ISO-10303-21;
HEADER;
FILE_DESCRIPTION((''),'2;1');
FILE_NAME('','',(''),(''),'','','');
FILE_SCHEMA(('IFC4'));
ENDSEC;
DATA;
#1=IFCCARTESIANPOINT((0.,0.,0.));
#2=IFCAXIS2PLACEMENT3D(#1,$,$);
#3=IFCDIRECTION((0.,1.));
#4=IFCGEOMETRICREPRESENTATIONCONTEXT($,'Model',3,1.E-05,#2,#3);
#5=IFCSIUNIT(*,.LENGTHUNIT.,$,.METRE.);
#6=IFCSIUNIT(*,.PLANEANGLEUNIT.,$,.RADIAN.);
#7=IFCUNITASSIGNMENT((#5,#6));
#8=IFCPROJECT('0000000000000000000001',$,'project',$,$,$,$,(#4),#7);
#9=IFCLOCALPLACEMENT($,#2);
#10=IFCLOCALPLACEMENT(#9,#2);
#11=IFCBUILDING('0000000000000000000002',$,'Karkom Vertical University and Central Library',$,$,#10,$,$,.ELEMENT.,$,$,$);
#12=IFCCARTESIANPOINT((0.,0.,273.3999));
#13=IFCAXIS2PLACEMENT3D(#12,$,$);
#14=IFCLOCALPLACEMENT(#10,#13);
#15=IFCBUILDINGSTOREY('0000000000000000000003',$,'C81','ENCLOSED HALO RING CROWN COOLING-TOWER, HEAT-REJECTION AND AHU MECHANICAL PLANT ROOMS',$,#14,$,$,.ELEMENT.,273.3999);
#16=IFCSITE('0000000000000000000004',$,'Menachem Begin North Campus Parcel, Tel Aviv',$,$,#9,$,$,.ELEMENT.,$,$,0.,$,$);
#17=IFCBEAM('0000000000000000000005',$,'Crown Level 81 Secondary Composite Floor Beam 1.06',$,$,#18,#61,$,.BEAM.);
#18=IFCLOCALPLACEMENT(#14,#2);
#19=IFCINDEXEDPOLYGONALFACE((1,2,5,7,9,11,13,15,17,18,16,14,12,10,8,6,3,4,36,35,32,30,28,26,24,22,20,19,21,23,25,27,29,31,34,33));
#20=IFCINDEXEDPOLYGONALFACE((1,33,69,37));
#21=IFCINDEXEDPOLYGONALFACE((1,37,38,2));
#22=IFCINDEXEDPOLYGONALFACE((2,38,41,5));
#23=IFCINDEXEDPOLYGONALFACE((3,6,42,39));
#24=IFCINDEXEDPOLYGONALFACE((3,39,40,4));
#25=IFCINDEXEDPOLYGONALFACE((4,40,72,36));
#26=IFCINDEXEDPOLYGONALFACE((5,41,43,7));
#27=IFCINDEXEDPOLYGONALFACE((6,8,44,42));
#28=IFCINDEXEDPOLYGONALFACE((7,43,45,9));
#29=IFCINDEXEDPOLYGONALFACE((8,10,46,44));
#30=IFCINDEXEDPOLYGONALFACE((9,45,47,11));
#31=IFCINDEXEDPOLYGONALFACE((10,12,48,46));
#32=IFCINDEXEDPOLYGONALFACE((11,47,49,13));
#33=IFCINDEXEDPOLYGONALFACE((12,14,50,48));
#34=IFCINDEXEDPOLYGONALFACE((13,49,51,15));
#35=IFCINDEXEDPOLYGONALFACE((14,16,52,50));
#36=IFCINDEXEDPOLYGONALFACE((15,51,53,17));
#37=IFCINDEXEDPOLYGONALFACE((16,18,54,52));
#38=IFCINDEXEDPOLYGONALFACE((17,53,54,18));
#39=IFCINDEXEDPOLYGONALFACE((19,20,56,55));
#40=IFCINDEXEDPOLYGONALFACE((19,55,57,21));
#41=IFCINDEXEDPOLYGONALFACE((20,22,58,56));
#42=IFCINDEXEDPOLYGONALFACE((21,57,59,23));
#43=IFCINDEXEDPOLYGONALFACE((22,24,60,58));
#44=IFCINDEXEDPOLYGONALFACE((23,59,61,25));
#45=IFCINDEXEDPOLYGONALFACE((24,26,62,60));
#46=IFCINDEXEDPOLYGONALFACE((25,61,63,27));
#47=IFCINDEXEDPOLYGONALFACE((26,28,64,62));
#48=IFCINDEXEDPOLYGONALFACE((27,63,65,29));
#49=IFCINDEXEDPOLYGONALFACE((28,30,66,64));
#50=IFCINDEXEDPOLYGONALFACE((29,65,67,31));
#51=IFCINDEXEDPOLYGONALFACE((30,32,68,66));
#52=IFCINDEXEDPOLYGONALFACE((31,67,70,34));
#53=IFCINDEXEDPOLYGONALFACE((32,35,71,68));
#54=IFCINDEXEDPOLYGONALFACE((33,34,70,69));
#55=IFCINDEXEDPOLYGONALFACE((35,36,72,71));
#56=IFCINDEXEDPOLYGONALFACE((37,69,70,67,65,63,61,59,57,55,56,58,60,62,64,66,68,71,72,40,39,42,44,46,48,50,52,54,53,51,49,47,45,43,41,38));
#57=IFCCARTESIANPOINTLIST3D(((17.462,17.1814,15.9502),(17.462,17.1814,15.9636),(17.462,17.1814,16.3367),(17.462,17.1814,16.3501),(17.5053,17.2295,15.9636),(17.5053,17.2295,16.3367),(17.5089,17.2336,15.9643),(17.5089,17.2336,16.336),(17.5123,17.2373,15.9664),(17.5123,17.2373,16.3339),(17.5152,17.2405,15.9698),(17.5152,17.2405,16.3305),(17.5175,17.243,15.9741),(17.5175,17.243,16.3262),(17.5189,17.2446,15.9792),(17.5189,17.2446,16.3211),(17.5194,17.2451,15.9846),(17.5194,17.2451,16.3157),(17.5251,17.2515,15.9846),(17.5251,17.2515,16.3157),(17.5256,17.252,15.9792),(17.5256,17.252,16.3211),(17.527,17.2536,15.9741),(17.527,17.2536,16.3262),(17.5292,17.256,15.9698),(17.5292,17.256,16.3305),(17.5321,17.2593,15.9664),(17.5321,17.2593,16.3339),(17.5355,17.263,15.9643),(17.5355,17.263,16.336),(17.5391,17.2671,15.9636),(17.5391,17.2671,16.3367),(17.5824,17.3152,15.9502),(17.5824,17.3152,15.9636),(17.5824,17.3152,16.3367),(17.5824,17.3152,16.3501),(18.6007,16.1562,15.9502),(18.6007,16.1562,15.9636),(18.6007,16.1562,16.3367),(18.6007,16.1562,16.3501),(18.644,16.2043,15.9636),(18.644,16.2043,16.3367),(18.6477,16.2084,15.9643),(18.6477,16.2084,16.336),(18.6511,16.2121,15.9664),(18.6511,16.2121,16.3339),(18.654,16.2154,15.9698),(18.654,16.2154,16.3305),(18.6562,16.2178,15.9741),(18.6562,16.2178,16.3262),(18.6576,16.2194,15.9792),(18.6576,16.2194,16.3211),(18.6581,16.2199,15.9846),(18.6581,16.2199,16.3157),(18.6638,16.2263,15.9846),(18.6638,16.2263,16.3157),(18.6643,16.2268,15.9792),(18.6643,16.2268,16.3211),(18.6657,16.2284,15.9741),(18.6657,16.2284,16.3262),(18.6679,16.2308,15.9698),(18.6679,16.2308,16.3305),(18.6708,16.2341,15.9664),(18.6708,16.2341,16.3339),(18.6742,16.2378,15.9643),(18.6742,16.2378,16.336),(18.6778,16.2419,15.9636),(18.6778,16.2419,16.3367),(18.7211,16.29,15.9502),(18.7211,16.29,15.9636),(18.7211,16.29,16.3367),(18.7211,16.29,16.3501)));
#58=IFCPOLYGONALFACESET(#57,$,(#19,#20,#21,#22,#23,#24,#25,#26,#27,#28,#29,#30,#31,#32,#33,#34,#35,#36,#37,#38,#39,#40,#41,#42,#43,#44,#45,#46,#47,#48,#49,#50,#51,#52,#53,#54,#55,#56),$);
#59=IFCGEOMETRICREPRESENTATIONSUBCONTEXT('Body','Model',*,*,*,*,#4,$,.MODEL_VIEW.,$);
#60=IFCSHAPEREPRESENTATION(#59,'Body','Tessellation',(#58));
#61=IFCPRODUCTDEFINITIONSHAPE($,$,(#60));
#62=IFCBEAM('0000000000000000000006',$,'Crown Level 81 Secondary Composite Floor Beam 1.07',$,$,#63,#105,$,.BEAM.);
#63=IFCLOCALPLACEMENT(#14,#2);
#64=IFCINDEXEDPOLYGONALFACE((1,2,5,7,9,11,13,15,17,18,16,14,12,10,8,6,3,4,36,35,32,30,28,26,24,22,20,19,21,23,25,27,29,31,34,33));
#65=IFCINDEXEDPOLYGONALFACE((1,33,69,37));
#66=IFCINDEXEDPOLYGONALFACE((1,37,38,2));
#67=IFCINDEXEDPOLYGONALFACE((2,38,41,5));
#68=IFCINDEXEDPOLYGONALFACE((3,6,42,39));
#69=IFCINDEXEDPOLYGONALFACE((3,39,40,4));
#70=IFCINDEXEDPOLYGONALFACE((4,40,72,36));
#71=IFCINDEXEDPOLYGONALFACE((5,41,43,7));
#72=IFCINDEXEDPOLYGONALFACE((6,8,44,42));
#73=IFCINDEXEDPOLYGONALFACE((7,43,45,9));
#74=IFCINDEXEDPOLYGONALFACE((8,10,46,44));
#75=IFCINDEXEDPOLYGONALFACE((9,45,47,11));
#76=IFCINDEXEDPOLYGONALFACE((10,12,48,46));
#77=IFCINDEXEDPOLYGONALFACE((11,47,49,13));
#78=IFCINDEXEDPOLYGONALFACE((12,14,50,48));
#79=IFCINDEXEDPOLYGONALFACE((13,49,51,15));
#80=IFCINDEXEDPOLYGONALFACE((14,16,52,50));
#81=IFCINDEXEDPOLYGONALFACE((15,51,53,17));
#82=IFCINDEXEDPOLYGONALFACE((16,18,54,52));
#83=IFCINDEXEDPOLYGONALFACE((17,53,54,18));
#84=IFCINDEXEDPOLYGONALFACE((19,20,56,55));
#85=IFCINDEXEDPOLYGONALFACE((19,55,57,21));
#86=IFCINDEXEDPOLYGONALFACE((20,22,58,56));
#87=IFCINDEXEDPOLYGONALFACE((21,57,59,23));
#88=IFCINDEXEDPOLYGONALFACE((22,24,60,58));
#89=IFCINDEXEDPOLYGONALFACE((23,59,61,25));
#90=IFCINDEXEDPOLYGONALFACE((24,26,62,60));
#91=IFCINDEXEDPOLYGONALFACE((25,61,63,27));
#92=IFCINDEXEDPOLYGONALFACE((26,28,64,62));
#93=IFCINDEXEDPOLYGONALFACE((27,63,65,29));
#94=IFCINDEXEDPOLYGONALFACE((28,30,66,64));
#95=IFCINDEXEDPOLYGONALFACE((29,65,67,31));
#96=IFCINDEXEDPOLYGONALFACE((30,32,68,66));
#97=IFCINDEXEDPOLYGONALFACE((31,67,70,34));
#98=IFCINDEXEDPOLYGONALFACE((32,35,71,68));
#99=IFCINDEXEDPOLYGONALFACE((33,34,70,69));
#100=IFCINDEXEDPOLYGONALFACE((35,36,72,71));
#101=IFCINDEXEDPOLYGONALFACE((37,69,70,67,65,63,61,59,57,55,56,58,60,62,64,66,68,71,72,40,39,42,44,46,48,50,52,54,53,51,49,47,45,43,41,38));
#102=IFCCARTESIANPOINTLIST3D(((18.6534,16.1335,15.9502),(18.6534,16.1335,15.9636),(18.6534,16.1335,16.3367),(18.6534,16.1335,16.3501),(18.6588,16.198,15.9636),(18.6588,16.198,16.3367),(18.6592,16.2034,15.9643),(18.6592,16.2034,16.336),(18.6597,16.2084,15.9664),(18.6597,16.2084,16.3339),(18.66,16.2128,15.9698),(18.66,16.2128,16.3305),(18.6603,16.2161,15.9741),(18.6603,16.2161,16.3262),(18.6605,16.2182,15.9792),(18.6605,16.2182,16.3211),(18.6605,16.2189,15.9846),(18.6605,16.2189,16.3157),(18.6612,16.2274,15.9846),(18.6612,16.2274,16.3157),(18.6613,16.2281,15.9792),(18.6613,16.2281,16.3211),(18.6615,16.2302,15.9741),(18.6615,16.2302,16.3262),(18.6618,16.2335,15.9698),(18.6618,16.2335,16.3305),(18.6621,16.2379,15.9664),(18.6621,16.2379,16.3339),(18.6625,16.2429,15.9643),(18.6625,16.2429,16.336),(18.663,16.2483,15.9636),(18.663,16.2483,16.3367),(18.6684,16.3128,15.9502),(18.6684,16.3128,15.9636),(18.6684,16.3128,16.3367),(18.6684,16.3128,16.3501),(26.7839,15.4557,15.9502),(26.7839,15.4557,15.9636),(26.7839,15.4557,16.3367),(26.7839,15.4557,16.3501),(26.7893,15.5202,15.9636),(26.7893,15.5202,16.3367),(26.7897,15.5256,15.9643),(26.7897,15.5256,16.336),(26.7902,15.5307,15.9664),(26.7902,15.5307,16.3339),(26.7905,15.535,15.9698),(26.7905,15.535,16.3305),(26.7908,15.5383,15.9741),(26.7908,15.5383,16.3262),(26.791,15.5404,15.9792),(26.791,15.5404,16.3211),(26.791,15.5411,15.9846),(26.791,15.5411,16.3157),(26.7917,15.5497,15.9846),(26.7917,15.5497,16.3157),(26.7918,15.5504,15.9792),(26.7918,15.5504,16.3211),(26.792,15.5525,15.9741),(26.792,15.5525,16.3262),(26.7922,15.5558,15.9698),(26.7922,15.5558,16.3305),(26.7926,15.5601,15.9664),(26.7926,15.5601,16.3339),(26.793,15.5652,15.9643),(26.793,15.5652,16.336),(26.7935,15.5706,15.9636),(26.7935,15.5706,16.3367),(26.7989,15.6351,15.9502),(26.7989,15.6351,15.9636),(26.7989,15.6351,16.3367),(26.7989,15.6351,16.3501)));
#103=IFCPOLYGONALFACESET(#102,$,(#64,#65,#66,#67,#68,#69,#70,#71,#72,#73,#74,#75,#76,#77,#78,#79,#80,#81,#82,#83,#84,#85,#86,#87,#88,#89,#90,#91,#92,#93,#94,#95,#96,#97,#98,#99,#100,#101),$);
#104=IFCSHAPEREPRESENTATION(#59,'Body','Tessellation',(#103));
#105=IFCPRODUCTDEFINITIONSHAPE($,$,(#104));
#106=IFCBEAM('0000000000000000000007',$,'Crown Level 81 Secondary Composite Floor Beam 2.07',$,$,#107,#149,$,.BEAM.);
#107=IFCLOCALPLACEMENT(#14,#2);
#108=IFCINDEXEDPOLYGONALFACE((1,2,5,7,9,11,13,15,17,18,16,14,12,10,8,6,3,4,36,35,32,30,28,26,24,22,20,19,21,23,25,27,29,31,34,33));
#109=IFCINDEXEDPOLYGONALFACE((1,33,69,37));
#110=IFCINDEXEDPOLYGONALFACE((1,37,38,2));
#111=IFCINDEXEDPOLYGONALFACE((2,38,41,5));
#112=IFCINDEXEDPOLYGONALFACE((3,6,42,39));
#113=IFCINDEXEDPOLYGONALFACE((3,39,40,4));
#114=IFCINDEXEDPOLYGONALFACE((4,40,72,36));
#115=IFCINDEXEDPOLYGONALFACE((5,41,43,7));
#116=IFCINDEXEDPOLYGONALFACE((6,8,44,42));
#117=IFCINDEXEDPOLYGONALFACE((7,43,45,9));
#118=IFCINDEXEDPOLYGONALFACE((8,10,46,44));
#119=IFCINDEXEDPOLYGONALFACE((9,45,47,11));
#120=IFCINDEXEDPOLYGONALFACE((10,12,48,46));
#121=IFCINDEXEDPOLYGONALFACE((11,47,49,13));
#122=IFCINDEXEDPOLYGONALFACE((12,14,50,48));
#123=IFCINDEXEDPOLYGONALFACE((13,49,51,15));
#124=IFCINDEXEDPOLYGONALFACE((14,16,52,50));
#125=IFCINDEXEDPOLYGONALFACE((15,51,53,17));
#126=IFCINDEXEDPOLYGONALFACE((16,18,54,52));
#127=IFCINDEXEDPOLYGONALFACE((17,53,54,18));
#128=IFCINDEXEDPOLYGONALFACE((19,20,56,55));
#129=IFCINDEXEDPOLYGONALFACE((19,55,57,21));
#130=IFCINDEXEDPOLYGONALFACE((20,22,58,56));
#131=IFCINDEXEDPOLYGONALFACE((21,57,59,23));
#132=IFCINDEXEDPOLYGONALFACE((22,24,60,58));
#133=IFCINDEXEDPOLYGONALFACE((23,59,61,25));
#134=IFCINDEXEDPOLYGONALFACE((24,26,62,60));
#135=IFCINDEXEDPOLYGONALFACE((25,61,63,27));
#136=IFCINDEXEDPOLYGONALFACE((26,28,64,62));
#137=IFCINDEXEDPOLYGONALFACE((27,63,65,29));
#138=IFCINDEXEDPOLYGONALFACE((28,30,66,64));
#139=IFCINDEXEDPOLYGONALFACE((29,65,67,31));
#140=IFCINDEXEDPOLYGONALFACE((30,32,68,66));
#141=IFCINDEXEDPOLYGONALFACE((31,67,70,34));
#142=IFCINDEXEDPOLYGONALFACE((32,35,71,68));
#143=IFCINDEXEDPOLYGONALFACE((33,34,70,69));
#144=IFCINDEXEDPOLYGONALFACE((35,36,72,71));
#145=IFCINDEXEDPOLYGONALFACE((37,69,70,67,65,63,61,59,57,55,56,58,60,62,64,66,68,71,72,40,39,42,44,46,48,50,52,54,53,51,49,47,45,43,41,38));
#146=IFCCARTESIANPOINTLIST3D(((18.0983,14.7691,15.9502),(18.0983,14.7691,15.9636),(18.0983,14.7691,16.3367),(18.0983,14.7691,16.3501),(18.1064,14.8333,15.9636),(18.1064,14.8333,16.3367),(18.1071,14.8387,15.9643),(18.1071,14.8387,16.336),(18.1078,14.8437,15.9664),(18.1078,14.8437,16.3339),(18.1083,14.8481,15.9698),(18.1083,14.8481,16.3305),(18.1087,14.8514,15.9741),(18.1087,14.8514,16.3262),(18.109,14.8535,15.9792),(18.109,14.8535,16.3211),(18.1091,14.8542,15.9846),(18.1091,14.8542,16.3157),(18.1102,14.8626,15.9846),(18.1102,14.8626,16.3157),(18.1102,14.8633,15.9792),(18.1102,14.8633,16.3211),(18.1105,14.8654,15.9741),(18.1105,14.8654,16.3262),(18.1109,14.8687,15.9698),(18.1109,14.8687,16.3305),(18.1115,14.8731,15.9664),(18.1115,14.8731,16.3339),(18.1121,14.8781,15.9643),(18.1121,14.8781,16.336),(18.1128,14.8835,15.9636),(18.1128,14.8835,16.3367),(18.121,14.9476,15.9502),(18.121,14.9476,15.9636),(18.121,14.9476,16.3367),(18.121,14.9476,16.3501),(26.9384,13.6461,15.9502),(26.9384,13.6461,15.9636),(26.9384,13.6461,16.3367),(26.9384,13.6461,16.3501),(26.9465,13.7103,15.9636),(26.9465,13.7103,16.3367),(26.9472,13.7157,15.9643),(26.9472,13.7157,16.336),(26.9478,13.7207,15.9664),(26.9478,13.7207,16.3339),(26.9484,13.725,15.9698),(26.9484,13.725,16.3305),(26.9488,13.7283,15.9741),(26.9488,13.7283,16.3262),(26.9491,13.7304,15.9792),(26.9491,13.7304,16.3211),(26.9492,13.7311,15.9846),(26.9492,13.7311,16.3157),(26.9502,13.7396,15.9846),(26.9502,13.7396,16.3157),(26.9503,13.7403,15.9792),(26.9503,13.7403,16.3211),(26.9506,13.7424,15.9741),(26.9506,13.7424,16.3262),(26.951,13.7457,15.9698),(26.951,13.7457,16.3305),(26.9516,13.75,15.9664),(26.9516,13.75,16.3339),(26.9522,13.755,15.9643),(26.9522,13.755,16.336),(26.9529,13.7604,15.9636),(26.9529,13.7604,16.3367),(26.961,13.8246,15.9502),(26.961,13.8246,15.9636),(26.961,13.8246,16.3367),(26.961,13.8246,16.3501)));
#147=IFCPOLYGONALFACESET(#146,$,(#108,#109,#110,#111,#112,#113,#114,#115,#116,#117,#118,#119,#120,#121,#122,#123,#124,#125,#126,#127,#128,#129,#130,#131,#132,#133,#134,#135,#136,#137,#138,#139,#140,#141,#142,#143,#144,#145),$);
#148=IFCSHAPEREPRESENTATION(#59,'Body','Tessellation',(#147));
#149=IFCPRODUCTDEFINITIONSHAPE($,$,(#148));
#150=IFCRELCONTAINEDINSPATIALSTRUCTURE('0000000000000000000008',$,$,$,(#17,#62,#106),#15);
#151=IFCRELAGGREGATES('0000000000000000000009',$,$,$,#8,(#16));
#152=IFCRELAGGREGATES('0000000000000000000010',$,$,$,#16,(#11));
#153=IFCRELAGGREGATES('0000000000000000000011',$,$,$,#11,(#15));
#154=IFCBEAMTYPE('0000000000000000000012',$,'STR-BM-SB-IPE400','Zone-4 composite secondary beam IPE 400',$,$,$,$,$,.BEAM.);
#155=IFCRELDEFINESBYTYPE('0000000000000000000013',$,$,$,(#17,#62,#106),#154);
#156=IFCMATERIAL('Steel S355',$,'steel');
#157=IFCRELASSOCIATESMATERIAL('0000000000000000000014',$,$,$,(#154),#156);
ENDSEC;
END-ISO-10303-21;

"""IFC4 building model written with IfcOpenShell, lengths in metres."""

from ifc_helpers import new_model, si_unit, direction, frame, origin, origin_with_axes, origin_2d, place, context, subcontext, project, spatial, i_section, extrude, source, transform, mapped, material, material_profile, profile_set, type_object, element, save


model = new_model("IFC4")

# Units and contexts
model_context = context("Model", 3, precision=1e-05, world=origin(), true_north=direction((0.0, 1.0)))
body_context = subcontext(model_context, "Body", "Model", "MODEL_VIEW")
ifc_project = project(units=[si_unit("LENGTHUNIT", "METRE"), si_unit("PLANEANGLEUNIT", "RADIAN")], contexts=[model_context])

# Site, building, storey
site_placement = place(None, origin())
site = spatial("IfcSite", under=ifc_project, at=site_placement, Name="Menachem Begin North Campus Parcel, Tel Aviv", CompositionType="ELEMENT", RefElevation=0.0)
building_placement = place(site_placement, origin())
building = spatial("IfcBuilding", under=site, at=building_placement, Name="Karkom Vertical University and Central Library", CompositionType="ELEMENT")
storey_placement = place(building_placement, frame((0.0, 0.0, 273.3999)))
storey = spatial("IfcBuildingStorey", under=building, at=storey_placement, Name="C81", Description="ENCLOSED HALO RING CROWN COOLING-TOWER, HEAT-REJECTION AND AHU MECHANICAL PLANT ROOMS", CompositionType="ELEMENT", Elevation=273.3999)

# Beams
ifc_material_1 = material(Name="Steel S355", Category="steel")
ifc_material_profile_1 = material_profile(ifc_material_1, i_section(OverallWidth=0.1799, OverallDepth=0.3999, WebThickness=0.0085, FlangeThickness=0.0134, FilletRadius=0.021, at=origin_2d()), Name="IPE 400")
ifc_profile_set_1 = profile_set([ifc_material_profile_1], Name="Steel S355")
beam_type_1 = type_object("IfcBeamType", Name="STR-BM-SB-IPE400", Description="Zone-4 composite secondary beam IPE 400", PredefinedType="BEAM", material=ifc_profile_set_1)
shared_shape_1 = source(origin_with_axes(), body_context, "Body", "SweptSolid", [
    extrude(i_section(OverallWidth=0.1799, OverallDepth=0.3999, WebThickness=0.0085, FlangeThickness=0.0134, FilletRadius=0.021, at=origin_2d()), origin(), (0.0, 0.0, 1.0), 1.5322),
])
beam_1_placement = place(storey_placement, frame((17.5222, 17.2483, 16.1501), z_axis=(0.743183, -0.669088, 0.0), x_axis=(0.669088, 0.743183, 0.0)))
element("IfcBeam", 1, at=beam_1_placement, inside=storey, type_object=beam_type_1, Name="Crown Level 81 Secondary Composite Floor Beam 1.06", PredefinedType="BEAM", context=body_context, shape_type="MappedRepresentation", body=[
    mapped(shared_shape_1, transform((0.0, 0.0, 0.0), scale=1.0)),
])
shared_shape_2 = source(origin_with_axes(), body_context, "Body", "SweptSolid", [
    extrude(i_section(OverallWidth=0.1799, OverallDepth=0.3999, WebThickness=0.0085, FlangeThickness=0.0134, FilletRadius=0.021, at=origin_2d()), origin(), (0.0, 0.0, 1.0), 8.1587),
])
beam_2_placement = place(storey_placement, frame((18.6609, 16.2231, 16.1501), z_axis=(0.996544, -0.08307, 0.0), x_axis=(0.08307, 0.996544, 0.0)))
element("IfcBeam", 2, at=beam_2_placement, inside=storey, type_object=beam_type_1, Name="Crown Level 81 Secondary Composite Floor Beam 1.07", PredefinedType="BEAM", context=body_context, shape_type="MappedRepresentation", body=[
    mapped(shared_shape_2, transform((0.0, 0.0, 0.0), scale=1.0)),
])
shared_shape_3 = source(origin_with_axes(), body_context, "Body", "SweptSolid", [
    extrude(i_section(OverallWidth=0.1799, OverallDepth=0.3999, WebThickness=0.0085, FlangeThickness=0.0134, FilletRadius=0.021, at=origin_2d()), origin(), (0.0, 0.0, 1.0), 8.9111),
])
beam_3_placement = place(storey_placement, frame((18.1096, 14.8584, 16.1501), z_axis=(0.992027, -0.126027, 0.0), x_axis=(0.126027, 0.992027, 0.0)))
element("IfcBeam", 3, at=beam_3_placement, inside=storey, type_object=beam_type_1, Name="Crown Level 81 Secondary Composite Floor Beam 2.07", PredefinedType="BEAM", context=body_context, shape_type="MappedRepresentation", body=[
    mapped(shared_shape_3, transform((0.0, 0.0, 0.0), scale=1.0)),
])

save(model, "model.ifc")
